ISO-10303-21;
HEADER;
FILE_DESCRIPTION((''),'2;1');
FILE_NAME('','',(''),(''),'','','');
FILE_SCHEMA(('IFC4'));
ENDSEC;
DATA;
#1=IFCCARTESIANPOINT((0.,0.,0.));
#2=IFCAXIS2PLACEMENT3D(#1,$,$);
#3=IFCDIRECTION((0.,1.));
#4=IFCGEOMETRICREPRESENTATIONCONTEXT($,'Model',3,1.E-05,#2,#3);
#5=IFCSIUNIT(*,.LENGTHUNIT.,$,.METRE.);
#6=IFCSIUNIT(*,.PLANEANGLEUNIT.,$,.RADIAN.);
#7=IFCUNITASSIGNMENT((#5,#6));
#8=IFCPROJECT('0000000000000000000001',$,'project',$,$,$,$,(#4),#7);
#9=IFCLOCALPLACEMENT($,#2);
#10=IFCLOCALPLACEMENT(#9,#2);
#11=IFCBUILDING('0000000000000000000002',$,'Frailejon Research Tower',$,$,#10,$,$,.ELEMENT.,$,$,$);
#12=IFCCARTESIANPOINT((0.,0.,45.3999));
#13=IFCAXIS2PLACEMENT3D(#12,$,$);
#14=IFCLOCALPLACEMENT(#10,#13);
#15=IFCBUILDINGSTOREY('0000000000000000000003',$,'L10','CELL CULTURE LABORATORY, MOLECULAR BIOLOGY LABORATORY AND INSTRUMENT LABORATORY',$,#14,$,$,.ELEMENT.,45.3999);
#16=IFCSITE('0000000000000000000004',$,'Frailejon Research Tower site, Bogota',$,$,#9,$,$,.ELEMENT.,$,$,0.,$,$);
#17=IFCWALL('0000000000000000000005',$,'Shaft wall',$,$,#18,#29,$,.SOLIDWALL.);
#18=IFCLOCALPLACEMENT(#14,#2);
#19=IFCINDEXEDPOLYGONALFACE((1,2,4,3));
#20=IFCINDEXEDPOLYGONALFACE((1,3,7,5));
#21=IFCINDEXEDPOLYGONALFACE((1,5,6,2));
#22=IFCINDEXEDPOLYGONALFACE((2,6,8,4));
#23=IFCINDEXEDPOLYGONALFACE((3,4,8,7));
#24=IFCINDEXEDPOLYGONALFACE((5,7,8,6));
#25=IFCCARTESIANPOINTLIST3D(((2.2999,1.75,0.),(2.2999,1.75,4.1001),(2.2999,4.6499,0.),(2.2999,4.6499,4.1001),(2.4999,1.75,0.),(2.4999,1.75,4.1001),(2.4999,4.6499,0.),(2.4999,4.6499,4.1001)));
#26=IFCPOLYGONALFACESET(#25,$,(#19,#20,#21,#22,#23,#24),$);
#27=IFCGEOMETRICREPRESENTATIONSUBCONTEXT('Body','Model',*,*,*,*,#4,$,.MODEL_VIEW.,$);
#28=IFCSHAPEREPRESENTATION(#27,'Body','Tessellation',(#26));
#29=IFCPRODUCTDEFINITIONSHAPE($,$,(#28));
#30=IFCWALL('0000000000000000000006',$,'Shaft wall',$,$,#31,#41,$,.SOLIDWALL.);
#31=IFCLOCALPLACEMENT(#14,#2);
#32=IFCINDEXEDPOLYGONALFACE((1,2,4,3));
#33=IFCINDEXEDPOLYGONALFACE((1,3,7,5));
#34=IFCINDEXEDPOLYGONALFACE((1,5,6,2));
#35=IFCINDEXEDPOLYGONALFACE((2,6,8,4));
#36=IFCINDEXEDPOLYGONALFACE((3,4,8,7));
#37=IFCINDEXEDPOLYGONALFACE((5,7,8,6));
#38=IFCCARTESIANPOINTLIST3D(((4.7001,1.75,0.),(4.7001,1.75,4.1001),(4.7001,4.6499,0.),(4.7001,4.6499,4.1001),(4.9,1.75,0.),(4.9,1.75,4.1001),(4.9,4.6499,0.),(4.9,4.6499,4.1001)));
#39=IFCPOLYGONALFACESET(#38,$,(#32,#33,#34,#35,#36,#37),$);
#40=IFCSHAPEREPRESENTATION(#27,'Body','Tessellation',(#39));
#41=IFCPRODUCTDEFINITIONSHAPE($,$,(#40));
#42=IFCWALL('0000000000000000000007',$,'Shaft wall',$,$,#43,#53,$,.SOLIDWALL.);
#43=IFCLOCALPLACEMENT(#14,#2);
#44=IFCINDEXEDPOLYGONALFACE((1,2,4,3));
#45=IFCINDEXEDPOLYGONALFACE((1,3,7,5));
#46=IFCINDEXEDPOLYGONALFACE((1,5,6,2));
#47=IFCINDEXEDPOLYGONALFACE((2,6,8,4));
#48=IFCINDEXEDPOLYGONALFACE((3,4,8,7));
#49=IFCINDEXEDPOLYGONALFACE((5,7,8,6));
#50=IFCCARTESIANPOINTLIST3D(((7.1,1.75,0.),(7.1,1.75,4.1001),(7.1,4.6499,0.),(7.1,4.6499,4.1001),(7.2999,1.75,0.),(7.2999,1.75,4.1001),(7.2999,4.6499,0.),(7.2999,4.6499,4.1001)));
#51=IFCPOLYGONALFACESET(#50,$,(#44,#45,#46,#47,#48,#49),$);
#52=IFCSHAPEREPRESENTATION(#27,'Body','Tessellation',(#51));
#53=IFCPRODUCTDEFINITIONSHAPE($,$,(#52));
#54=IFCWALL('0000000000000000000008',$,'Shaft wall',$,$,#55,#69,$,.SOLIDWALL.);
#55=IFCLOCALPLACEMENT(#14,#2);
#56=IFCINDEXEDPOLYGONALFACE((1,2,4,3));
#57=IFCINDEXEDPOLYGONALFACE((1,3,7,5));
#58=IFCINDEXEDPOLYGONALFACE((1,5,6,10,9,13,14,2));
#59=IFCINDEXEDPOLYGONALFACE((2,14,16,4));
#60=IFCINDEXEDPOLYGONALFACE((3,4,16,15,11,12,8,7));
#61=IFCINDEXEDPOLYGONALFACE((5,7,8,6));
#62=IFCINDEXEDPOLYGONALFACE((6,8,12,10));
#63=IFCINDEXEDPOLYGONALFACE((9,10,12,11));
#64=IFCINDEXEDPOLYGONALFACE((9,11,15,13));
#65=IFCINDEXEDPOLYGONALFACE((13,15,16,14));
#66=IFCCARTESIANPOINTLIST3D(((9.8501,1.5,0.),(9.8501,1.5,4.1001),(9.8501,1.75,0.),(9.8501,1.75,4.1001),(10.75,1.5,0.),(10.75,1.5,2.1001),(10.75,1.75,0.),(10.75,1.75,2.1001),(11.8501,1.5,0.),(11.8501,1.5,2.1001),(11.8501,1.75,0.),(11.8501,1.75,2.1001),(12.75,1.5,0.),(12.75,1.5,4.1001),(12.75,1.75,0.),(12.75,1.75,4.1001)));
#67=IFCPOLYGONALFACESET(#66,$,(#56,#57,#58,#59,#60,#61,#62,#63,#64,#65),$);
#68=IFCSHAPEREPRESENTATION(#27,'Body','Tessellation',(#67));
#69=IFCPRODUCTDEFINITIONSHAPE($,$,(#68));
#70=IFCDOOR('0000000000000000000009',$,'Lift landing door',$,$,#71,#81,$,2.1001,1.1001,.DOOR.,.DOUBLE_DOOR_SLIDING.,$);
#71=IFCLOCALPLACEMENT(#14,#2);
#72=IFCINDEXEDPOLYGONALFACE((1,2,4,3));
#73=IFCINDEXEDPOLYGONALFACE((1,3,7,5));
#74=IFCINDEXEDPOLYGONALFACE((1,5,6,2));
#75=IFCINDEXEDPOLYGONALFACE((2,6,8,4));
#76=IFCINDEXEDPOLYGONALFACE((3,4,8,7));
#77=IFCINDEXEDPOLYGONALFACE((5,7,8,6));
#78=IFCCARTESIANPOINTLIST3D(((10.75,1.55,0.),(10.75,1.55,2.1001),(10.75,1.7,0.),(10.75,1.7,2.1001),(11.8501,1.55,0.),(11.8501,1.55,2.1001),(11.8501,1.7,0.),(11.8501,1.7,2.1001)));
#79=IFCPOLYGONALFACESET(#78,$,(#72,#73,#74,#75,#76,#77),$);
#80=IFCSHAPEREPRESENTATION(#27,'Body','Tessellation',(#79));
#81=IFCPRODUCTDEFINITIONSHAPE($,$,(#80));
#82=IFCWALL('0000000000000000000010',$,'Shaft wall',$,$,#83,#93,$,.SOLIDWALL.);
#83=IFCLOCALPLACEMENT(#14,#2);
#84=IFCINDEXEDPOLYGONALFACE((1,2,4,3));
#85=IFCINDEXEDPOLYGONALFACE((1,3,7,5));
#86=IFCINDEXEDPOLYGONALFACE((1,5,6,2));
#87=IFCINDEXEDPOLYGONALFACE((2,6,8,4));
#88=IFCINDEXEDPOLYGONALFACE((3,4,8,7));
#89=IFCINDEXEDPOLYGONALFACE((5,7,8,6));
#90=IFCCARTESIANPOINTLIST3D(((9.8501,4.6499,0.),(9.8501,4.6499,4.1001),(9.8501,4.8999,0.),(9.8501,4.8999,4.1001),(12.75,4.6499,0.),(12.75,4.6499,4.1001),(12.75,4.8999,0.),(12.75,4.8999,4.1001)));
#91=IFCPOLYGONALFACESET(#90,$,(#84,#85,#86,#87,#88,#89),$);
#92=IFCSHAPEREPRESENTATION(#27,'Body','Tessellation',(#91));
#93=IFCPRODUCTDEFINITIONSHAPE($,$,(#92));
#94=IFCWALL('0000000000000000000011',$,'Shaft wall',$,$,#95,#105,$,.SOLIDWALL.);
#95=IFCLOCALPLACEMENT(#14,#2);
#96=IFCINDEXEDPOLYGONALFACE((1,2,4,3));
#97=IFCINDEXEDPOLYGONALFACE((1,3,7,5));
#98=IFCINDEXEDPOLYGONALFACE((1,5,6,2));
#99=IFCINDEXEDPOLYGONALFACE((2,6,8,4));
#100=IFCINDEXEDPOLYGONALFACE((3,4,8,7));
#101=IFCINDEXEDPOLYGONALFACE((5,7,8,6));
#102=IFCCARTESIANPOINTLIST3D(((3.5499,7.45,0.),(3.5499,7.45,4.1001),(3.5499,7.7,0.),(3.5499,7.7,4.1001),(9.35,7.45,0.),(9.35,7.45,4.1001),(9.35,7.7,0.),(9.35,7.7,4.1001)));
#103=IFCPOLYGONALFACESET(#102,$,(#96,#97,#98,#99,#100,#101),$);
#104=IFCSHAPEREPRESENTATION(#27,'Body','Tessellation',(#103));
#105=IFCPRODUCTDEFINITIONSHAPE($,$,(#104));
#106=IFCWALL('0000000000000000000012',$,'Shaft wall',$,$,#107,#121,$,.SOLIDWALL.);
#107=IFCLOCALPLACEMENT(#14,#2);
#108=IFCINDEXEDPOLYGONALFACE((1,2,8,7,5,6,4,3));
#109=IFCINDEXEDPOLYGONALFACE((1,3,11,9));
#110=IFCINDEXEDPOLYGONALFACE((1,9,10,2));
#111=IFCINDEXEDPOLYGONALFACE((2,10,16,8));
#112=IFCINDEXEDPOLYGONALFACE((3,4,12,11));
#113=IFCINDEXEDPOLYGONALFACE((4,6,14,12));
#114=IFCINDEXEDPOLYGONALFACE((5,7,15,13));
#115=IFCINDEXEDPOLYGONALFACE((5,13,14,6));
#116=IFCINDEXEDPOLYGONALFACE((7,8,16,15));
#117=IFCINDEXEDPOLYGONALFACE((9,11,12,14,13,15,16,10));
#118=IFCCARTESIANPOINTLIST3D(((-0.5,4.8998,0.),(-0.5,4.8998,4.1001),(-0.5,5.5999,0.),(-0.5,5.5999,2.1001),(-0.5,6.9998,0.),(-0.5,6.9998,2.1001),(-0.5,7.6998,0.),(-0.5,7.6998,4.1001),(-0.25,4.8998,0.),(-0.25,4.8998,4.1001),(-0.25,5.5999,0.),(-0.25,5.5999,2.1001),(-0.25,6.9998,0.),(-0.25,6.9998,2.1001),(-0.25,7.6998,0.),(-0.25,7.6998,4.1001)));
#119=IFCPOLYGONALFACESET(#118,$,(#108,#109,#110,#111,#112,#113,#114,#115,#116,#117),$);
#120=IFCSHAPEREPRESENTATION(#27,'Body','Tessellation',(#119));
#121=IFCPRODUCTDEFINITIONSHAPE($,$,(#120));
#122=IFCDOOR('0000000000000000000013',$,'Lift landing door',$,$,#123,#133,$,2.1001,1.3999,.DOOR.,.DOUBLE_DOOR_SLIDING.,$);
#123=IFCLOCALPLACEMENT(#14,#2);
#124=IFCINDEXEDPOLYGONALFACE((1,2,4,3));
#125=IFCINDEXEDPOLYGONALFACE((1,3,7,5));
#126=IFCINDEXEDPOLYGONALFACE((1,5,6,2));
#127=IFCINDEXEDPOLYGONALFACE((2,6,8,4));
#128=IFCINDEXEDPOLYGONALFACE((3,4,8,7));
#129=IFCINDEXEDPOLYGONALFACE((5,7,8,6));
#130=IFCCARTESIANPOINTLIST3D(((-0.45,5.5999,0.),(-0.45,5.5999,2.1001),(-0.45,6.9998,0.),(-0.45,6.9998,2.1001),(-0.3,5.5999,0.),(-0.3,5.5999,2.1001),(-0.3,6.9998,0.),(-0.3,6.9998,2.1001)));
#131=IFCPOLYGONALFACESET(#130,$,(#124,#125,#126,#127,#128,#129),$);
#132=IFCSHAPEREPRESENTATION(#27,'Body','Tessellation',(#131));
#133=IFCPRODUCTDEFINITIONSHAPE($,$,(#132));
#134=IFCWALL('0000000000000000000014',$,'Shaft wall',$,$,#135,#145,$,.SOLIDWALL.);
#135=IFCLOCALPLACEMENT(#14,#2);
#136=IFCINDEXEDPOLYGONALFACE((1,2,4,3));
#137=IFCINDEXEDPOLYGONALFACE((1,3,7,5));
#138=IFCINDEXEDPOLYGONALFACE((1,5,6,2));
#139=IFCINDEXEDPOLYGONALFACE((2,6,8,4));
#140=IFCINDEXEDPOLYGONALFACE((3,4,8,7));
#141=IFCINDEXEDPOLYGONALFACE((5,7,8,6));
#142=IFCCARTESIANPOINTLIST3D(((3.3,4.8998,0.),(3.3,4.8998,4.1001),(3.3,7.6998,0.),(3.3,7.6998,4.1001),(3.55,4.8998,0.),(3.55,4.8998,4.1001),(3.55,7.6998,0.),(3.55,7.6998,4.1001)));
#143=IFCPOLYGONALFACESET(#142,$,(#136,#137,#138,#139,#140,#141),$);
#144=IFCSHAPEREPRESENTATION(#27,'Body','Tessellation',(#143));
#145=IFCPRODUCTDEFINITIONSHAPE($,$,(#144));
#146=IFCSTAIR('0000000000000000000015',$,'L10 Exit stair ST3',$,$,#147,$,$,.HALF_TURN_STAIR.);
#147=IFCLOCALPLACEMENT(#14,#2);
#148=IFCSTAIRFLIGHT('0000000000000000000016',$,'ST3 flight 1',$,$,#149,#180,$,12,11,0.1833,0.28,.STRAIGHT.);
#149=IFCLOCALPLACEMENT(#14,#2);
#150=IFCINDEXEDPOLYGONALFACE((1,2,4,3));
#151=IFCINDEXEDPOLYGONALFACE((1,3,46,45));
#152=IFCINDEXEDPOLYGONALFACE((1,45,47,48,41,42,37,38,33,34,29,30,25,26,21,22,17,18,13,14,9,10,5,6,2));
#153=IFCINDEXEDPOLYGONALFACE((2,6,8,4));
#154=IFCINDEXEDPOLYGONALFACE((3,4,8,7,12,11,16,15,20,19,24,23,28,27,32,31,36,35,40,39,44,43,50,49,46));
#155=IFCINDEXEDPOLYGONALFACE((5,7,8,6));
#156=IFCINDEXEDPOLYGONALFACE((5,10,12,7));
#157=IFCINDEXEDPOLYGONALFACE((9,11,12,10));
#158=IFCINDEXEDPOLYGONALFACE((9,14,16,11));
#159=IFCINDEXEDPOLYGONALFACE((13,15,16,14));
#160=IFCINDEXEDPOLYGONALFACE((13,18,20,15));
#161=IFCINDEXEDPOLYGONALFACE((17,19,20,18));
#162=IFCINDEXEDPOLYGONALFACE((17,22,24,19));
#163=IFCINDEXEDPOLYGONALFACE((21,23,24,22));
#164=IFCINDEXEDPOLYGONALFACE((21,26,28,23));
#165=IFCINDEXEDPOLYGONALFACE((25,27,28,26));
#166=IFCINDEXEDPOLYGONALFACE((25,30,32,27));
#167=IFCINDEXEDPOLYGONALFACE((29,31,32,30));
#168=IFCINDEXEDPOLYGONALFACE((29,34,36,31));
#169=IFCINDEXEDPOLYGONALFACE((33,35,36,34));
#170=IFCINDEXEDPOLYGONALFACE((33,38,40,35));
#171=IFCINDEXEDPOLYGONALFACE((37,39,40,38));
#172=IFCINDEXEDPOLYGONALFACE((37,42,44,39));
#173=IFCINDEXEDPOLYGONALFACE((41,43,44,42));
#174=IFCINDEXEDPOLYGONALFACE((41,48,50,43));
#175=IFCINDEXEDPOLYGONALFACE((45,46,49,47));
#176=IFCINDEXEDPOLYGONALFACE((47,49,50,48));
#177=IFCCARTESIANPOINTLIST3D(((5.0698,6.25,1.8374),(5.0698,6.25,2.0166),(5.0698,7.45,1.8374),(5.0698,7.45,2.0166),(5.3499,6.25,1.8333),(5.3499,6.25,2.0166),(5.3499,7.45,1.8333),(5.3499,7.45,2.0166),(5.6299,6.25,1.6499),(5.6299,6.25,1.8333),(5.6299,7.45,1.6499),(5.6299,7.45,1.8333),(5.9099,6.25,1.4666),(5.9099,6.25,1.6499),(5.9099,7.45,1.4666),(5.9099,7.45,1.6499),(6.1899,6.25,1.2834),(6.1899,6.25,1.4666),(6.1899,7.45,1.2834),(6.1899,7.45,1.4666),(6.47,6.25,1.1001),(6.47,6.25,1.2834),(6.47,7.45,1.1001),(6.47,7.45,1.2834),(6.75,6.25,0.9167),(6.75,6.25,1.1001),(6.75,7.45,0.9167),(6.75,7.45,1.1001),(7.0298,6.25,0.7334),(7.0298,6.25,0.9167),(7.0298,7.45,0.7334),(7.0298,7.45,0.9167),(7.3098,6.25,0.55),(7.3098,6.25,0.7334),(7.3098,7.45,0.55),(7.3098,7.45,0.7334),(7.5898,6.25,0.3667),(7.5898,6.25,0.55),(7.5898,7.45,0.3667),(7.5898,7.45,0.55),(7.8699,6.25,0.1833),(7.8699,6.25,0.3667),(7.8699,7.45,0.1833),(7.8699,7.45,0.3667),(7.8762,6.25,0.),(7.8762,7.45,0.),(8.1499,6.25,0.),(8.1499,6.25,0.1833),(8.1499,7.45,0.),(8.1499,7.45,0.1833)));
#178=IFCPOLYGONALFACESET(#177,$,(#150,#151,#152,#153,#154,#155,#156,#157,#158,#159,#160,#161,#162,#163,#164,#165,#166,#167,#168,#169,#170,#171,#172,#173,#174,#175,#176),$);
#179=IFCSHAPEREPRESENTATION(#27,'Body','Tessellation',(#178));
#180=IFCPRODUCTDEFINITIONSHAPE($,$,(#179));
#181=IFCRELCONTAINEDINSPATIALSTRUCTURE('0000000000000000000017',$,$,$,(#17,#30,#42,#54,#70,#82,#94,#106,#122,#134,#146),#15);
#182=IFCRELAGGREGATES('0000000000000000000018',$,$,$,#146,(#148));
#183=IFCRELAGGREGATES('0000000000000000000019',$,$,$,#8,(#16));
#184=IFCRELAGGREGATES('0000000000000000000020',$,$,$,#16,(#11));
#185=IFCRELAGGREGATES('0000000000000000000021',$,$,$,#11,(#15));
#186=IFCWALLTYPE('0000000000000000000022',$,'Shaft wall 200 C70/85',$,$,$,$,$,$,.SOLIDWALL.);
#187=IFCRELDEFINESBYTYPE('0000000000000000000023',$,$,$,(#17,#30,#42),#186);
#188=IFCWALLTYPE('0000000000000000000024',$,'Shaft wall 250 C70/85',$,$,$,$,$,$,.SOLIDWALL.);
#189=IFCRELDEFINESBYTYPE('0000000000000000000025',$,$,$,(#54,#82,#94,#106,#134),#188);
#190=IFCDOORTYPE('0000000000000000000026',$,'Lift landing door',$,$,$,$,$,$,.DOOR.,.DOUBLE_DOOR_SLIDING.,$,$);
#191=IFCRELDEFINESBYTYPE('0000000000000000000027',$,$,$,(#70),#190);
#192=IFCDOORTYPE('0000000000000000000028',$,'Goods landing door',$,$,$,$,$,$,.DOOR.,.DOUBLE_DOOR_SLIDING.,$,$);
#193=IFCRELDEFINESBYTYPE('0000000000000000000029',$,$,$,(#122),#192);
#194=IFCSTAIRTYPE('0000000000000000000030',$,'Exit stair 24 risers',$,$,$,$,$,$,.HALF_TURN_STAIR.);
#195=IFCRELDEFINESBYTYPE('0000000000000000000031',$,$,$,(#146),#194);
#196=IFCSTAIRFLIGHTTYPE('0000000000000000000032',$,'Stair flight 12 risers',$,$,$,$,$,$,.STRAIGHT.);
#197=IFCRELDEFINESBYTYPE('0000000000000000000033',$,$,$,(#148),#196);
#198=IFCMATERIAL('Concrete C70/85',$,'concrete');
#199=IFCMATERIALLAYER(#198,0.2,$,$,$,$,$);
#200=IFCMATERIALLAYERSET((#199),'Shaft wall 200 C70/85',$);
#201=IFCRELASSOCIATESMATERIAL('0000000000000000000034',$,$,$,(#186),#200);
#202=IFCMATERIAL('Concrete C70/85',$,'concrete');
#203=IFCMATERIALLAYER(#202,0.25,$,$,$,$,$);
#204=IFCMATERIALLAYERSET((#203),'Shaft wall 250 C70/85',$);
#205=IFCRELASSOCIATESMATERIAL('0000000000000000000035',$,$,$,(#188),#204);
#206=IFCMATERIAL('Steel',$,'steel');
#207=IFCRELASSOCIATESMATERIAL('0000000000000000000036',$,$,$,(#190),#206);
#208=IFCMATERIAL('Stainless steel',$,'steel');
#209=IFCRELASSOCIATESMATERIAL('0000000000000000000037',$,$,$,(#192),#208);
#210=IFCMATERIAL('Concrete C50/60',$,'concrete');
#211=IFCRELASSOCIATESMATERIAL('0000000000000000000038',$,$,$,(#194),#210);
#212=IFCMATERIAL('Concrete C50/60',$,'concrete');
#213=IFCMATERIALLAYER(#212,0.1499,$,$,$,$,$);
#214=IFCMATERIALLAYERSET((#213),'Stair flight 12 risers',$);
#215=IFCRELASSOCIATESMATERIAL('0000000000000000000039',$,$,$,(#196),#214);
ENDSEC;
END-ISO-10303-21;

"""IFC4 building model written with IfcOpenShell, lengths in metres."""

from ifc_helpers import new_model, si_unit, direction, frame, frame_2d, origin, place, context, subcontext, project, spatial, polyline, rectangle, outline, extrude, material, layer, layer_set, type_object, element, fill, aggregate, save


model = new_model("IFC4")

# Units and contexts
model_context = context("Model", 3, precision=1e-05, world=origin(), true_north=direction((0.0, 1.0)))
body_context = subcontext(model_context, "Body", "Model", "MODEL_VIEW")
ifc_project = project(units=[si_unit("LENGTHUNIT", "METRE"), si_unit("PLANEANGLEUNIT", "RADIAN")], contexts=[model_context])

# Site, building, storey
site_placement = place(None, origin())
site = spatial("IfcSite", under=ifc_project, at=site_placement, Name="Frailejon Research Tower site, Bogota", CompositionType="ELEMENT", RefElevation=0.0)
building_placement = place(site_placement, origin())
building = spatial("IfcBuilding", under=site, at=building_placement, Name="Frailejon Research Tower", CompositionType="ELEMENT")
storey_placement = place(building_placement, frame((0.0, 0.0, 45.3999)))
storey = spatial("IfcBuildingStorey", under=building, at=storey_placement, Name="L10", Description="CELL CULTURE LABORATORY, MOLECULAR BIOLOGY LABORATORY AND INSTRUMENT LABORATORY", CompositionType="ELEMENT", Elevation=45.3999)

# Walls
ifc_material_1 = material(Name="Concrete C70/85", Category="concrete")
ifc_layer_1 = layer(ifc_material_1, 0.2)
ifc_layer_set_1 = layer_set([ifc_layer_1], Name="Shaft wall 200 C70/85")
wall_type_1 = type_object("IfcWallType", Name="Shaft wall 200 C70/85", PredefinedType="SOLIDWALL", material=ifc_layer_set_1)
for number, where, z_axis, x_axis, name in (
    (1, (2.3999, 1.75, 0.0), (0.0, 0.0, 1.0), (0.0, 1.0, 0.0), "Shaft wall"),
    (2, (4.8, 1.75, 0.0), (0.0, 0.0, 1.0), (0.0, 1.0, 0.0), "Shaft wall"),
    (3, (7.2, 1.75, 0.0), (0.0, 0.0, 1.0), (0.0, 1.0, 0.0), "Shaft wall"),
):
    element("IfcWall", number, at=place(storey_placement, frame(where, z_axis=z_axis, x_axis=x_axis)), inside=storey, type_object=wall_type_1, Name=name, PredefinedType="SOLIDWALL", context=body_context, shape_type="SweptSolid", body=[
        extrude(rectangle(XDim=2.8999, YDim=0.2, at=frame_2d((1.45, 0.0))), origin(), (0.0, 0.0, 1.0), 4.1001),
    ])

# Wall, opening, door
ifc_material_2 = material(Name="Concrete C70/85", Category="concrete")
ifc_layer_2 = layer(ifc_material_2, 0.25)
ifc_layer_set_2 = layer_set([ifc_layer_2], Name="Shaft wall 250 C70/85")
wall_type_2 = type_object("IfcWallType", Name="Shaft wall 250 C70/85", PredefinedType="SOLIDWALL", material=ifc_layer_set_2)
wall_1_placement = place(storey_placement, frame((9.8501, 1.625, 0.0), z_axis=(0.0, 0.0, 1.0), x_axis=(1.0, 0.0, 0.0)))
wall_1 = element("IfcWall", 4, at=wall_1_placement, inside=storey, type_object=wall_type_2, Name="Shaft wall", PredefinedType="SOLIDWALL", context=body_context, shape_type="SweptSolid", body=[
    extrude(rectangle(XDim=2.8999, YDim=0.25, at=frame_2d((1.45, 0.0))), origin(), (0.0, 0.0, 1.0), 4.1001),
])
opening_1_placement = place(wall_1_placement, frame((0.8999, 0.0, 0.0)))
opening_1 = element("IfcOpeningElement", 5, at=opening_1_placement, cuts=wall_1, PredefinedType="OPENING", context=body_context, shape_type="SweptSolid", body=[
    extrude(rectangle(XDim=1.1001, YDim=2.1001, at=frame_2d((0.55, 1.05))), frame((0.0, 0.135, 0.0), z_axis=(0.0, -1.0, 0.0), x_axis=(1.0, 0.0, 0.0)), (0.0, 0.0, 1.0), 0.27),
])
ifc_material_3 = material(Name="Steel", Category="steel")
door_type_1 = type_object("IfcDoorType", Name="Lift landing door", OperationType="DOUBLE_DOOR_SLIDING", PredefinedType="DOOR", material=ifc_material_3)
door_1_placement = place(opening_1_placement, origin())
door_1 = element("IfcDoor", 6, at=door_1_placement, inside=storey, type_object=door_type_1, Name="Lift landing door", OperationType="DOUBLE_DOOR_SLIDING", OverallHeight=2.1001, OverallWidth=1.1001, PredefinedType="DOOR", context=body_context, shape_type="SweptSolid", body=[
    extrude(rectangle(XDim=1.1001, YDim=2.1001, at=frame_2d((0.55, 1.05))), frame((0.0, 0.075, 0.0), z_axis=(0.0, -1.0, 0.0), x_axis=(1.0, 0.0, 0.0)), (0.0, 0.0, 1.0), 0.1499),
])
fill(opening_1, door_1)

# Walls
wall_2_placement = place(storey_placement, frame((9.8501, 4.7749, 0.0), z_axis=(0.0, 0.0, 1.0), x_axis=(1.0, 0.0, 0.0)))
element("IfcWall", 7, at=wall_2_placement, inside=storey, type_object=wall_type_2, Name="Shaft wall", PredefinedType="SOLIDWALL", context=body_context, shape_type="SweptSolid", body=[
    extrude(rectangle(XDim=2.8999, YDim=0.25, at=frame_2d((1.45, 0.0))), origin(), (0.0, 0.0, 1.0), 4.1001),
])
wall_3_placement = place(storey_placement, frame((3.55, 7.575, 0.0), z_axis=(0.0, 0.0, 1.0), x_axis=(1.0, 0.0, 0.0)))
element("IfcWall", 8, at=wall_3_placement, inside=storey, type_object=wall_type_2, Name="Shaft wall", PredefinedType="SOLIDWALL", context=body_context, shape_type="SweptSolid", body=[
    extrude(rectangle(XDim=5.8, YDim=0.25, at=frame_2d((2.8999, 0.0))), origin(), (0.0, 0.0, 1.0), 4.1001),
])

# Wall, opening, door
wall_4_placement = place(storey_placement, frame((-0.375, 4.8999, 0.0), z_axis=(0.0, 0.0, 1.0), x_axis=(0.0, 1.0, 0.0)))
wall_4 = element("IfcWall", 9, at=wall_4_placement, inside=storey, type_object=wall_type_2, Name="Shaft wall", PredefinedType="SOLIDWALL", context=body_context, shape_type="SweptSolid", body=[
    extrude(rectangle(XDim=2.8, YDim=0.25, at=frame_2d((1.3999, 0.0))), origin(), (0.0, 0.0, 1.0), 4.1001),
])
opening_2_placement = place(wall_4_placement, frame((0.7, 0.0, 0.0)))
opening_2 = element("IfcOpeningElement", 10, at=opening_2_placement, cuts=wall_4, PredefinedType="OPENING", context=body_context, shape_type="SweptSolid", body=[
    extrude(rectangle(XDim=1.3999, YDim=2.1001, at=frame_2d((0.7, 1.05))), frame((0.0, 0.135, 0.0), z_axis=(0.0, -1.0, 0.0), x_axis=(1.0, 0.0, 0.0)), (0.0, 0.0, 1.0), 0.27),
])
ifc_material_4 = material(Name="Stainless steel", Category="steel")
door_type_2 = type_object("IfcDoorType", Name="Goods landing door", OperationType="DOUBLE_DOOR_SLIDING", PredefinedType="DOOR", material=ifc_material_4)
door_2_placement = place(opening_2_placement, origin())
door_2 = element("IfcDoor", 11, at=door_2_placement, inside=storey, type_object=door_type_2, Name="Lift landing door", OperationType="DOUBLE_DOOR_SLIDING", OverallHeight=2.1001, OverallWidth=1.3999, PredefinedType="DOOR", context=body_context, shape_type="SweptSolid", body=[
    extrude(rectangle(XDim=1.3999, YDim=2.1001, at=frame_2d((0.7, 1.05))), frame((0.0, 0.075, 0.0), z_axis=(0.0, -1.0, 0.0), x_axis=(1.0, 0.0, 0.0)), (0.0, 0.0, 1.0), 0.1499),
])
fill(opening_2, door_2)

# Wall
wall_5_placement = place(storey_placement, frame((3.425, 4.8999, 0.0), z_axis=(0.0, 0.0, 1.0), x_axis=(0.0, 1.0, 0.0)))
element("IfcWall", 12, at=wall_5_placement, inside=storey, type_object=wall_type_2, Name="Shaft wall", PredefinedType="SOLIDWALL", context=body_context, shape_type="SweptSolid", body=[
    extrude(rectangle(XDim=2.8, YDim=0.25, at=frame_2d((1.3999, 0.0))), origin(), (0.0, 0.0, 1.0), 4.1001),
])

# Stair, stair flight
ifc_material_5 = material(Name="Concrete C50/60", Category="concrete")
stair_type = type_object("IfcStairType", Name="Exit stair 24 risers", PredefinedType="HALF_TURN_STAIR", material=ifc_material_5)
stair_placement = place(storey_placement, origin())
stair = element("IfcStair", 13, at=stair_placement, inside=storey, type_object=stair_type, Name="L10 Exit stair ST3", PredefinedType="HALF_TURN_STAIR")
ifc_material_6 = material(Name="Concrete C50/60", Category="concrete")
ifc_layer_3 = layer(ifc_material_6, 0.1499)
ifc_layer_set_3 = layer_set([ifc_layer_3], Name="Stair flight 12 risers")
stair_flight_type = type_object("IfcStairFlightType", Name="Stair flight 12 risers", PredefinedType="STRAIGHT", material=ifc_layer_set_3)
stair_flight_1_placement = place(storey_placement, frame((8.1499, 6.8501, 0.0), z_axis=(0.0, 0.0, 1.0), x_axis=(-1.0, 0.0, 0.0)))
stair_flight_1 = element("IfcStairFlight", 14, at=stair_flight_1_placement, type_object=stair_flight_type, Name="ST3 flight 1", NumberOfRisers=12, NumberOfTreads=11, PredefinedType="STRAIGHT", RiserHeight=0.1833, TreadLength=0.28, context=body_context, shape_type="SweptSolid", body=[
    extrude(outline(polyline([(0.0, 0.0), (0.0, 0.1833), (0.28, 0.1833), (0.28, 0.3667), (0.5601, 0.3667), (0.5601, 0.55), (0.8401, 0.55), (0.8401, 0.7334), (1.1201, 0.7334), (1.1201, 0.9167), (1.3999, 0.9167), (1.3999, 1.1001), (1.6799, 1.1001), (1.6799, 1.2834), (1.96, 1.2834), (1.96, 1.4666), (2.24, 1.4666), (2.24, 1.6499), (2.52, 1.6499), (2.52, 1.8333), (2.8, 1.8333), (2.8, 2.0166), (3.0801, 2.0166), (3.0801, 2.2), (3.0801, 1.8374), (0.2737, 0.0), (0.0, 0.0)])), frame((0.0, 0.6001, 0.0), z_axis=(0.0, -1.0, 0.0), x_axis=(1.0, 0.0, 0.0)), (0.0, 0.0, 1.0), 1.2),
])
aggregate(stair, [stair_flight_1])

save(model, "model.ifc")
